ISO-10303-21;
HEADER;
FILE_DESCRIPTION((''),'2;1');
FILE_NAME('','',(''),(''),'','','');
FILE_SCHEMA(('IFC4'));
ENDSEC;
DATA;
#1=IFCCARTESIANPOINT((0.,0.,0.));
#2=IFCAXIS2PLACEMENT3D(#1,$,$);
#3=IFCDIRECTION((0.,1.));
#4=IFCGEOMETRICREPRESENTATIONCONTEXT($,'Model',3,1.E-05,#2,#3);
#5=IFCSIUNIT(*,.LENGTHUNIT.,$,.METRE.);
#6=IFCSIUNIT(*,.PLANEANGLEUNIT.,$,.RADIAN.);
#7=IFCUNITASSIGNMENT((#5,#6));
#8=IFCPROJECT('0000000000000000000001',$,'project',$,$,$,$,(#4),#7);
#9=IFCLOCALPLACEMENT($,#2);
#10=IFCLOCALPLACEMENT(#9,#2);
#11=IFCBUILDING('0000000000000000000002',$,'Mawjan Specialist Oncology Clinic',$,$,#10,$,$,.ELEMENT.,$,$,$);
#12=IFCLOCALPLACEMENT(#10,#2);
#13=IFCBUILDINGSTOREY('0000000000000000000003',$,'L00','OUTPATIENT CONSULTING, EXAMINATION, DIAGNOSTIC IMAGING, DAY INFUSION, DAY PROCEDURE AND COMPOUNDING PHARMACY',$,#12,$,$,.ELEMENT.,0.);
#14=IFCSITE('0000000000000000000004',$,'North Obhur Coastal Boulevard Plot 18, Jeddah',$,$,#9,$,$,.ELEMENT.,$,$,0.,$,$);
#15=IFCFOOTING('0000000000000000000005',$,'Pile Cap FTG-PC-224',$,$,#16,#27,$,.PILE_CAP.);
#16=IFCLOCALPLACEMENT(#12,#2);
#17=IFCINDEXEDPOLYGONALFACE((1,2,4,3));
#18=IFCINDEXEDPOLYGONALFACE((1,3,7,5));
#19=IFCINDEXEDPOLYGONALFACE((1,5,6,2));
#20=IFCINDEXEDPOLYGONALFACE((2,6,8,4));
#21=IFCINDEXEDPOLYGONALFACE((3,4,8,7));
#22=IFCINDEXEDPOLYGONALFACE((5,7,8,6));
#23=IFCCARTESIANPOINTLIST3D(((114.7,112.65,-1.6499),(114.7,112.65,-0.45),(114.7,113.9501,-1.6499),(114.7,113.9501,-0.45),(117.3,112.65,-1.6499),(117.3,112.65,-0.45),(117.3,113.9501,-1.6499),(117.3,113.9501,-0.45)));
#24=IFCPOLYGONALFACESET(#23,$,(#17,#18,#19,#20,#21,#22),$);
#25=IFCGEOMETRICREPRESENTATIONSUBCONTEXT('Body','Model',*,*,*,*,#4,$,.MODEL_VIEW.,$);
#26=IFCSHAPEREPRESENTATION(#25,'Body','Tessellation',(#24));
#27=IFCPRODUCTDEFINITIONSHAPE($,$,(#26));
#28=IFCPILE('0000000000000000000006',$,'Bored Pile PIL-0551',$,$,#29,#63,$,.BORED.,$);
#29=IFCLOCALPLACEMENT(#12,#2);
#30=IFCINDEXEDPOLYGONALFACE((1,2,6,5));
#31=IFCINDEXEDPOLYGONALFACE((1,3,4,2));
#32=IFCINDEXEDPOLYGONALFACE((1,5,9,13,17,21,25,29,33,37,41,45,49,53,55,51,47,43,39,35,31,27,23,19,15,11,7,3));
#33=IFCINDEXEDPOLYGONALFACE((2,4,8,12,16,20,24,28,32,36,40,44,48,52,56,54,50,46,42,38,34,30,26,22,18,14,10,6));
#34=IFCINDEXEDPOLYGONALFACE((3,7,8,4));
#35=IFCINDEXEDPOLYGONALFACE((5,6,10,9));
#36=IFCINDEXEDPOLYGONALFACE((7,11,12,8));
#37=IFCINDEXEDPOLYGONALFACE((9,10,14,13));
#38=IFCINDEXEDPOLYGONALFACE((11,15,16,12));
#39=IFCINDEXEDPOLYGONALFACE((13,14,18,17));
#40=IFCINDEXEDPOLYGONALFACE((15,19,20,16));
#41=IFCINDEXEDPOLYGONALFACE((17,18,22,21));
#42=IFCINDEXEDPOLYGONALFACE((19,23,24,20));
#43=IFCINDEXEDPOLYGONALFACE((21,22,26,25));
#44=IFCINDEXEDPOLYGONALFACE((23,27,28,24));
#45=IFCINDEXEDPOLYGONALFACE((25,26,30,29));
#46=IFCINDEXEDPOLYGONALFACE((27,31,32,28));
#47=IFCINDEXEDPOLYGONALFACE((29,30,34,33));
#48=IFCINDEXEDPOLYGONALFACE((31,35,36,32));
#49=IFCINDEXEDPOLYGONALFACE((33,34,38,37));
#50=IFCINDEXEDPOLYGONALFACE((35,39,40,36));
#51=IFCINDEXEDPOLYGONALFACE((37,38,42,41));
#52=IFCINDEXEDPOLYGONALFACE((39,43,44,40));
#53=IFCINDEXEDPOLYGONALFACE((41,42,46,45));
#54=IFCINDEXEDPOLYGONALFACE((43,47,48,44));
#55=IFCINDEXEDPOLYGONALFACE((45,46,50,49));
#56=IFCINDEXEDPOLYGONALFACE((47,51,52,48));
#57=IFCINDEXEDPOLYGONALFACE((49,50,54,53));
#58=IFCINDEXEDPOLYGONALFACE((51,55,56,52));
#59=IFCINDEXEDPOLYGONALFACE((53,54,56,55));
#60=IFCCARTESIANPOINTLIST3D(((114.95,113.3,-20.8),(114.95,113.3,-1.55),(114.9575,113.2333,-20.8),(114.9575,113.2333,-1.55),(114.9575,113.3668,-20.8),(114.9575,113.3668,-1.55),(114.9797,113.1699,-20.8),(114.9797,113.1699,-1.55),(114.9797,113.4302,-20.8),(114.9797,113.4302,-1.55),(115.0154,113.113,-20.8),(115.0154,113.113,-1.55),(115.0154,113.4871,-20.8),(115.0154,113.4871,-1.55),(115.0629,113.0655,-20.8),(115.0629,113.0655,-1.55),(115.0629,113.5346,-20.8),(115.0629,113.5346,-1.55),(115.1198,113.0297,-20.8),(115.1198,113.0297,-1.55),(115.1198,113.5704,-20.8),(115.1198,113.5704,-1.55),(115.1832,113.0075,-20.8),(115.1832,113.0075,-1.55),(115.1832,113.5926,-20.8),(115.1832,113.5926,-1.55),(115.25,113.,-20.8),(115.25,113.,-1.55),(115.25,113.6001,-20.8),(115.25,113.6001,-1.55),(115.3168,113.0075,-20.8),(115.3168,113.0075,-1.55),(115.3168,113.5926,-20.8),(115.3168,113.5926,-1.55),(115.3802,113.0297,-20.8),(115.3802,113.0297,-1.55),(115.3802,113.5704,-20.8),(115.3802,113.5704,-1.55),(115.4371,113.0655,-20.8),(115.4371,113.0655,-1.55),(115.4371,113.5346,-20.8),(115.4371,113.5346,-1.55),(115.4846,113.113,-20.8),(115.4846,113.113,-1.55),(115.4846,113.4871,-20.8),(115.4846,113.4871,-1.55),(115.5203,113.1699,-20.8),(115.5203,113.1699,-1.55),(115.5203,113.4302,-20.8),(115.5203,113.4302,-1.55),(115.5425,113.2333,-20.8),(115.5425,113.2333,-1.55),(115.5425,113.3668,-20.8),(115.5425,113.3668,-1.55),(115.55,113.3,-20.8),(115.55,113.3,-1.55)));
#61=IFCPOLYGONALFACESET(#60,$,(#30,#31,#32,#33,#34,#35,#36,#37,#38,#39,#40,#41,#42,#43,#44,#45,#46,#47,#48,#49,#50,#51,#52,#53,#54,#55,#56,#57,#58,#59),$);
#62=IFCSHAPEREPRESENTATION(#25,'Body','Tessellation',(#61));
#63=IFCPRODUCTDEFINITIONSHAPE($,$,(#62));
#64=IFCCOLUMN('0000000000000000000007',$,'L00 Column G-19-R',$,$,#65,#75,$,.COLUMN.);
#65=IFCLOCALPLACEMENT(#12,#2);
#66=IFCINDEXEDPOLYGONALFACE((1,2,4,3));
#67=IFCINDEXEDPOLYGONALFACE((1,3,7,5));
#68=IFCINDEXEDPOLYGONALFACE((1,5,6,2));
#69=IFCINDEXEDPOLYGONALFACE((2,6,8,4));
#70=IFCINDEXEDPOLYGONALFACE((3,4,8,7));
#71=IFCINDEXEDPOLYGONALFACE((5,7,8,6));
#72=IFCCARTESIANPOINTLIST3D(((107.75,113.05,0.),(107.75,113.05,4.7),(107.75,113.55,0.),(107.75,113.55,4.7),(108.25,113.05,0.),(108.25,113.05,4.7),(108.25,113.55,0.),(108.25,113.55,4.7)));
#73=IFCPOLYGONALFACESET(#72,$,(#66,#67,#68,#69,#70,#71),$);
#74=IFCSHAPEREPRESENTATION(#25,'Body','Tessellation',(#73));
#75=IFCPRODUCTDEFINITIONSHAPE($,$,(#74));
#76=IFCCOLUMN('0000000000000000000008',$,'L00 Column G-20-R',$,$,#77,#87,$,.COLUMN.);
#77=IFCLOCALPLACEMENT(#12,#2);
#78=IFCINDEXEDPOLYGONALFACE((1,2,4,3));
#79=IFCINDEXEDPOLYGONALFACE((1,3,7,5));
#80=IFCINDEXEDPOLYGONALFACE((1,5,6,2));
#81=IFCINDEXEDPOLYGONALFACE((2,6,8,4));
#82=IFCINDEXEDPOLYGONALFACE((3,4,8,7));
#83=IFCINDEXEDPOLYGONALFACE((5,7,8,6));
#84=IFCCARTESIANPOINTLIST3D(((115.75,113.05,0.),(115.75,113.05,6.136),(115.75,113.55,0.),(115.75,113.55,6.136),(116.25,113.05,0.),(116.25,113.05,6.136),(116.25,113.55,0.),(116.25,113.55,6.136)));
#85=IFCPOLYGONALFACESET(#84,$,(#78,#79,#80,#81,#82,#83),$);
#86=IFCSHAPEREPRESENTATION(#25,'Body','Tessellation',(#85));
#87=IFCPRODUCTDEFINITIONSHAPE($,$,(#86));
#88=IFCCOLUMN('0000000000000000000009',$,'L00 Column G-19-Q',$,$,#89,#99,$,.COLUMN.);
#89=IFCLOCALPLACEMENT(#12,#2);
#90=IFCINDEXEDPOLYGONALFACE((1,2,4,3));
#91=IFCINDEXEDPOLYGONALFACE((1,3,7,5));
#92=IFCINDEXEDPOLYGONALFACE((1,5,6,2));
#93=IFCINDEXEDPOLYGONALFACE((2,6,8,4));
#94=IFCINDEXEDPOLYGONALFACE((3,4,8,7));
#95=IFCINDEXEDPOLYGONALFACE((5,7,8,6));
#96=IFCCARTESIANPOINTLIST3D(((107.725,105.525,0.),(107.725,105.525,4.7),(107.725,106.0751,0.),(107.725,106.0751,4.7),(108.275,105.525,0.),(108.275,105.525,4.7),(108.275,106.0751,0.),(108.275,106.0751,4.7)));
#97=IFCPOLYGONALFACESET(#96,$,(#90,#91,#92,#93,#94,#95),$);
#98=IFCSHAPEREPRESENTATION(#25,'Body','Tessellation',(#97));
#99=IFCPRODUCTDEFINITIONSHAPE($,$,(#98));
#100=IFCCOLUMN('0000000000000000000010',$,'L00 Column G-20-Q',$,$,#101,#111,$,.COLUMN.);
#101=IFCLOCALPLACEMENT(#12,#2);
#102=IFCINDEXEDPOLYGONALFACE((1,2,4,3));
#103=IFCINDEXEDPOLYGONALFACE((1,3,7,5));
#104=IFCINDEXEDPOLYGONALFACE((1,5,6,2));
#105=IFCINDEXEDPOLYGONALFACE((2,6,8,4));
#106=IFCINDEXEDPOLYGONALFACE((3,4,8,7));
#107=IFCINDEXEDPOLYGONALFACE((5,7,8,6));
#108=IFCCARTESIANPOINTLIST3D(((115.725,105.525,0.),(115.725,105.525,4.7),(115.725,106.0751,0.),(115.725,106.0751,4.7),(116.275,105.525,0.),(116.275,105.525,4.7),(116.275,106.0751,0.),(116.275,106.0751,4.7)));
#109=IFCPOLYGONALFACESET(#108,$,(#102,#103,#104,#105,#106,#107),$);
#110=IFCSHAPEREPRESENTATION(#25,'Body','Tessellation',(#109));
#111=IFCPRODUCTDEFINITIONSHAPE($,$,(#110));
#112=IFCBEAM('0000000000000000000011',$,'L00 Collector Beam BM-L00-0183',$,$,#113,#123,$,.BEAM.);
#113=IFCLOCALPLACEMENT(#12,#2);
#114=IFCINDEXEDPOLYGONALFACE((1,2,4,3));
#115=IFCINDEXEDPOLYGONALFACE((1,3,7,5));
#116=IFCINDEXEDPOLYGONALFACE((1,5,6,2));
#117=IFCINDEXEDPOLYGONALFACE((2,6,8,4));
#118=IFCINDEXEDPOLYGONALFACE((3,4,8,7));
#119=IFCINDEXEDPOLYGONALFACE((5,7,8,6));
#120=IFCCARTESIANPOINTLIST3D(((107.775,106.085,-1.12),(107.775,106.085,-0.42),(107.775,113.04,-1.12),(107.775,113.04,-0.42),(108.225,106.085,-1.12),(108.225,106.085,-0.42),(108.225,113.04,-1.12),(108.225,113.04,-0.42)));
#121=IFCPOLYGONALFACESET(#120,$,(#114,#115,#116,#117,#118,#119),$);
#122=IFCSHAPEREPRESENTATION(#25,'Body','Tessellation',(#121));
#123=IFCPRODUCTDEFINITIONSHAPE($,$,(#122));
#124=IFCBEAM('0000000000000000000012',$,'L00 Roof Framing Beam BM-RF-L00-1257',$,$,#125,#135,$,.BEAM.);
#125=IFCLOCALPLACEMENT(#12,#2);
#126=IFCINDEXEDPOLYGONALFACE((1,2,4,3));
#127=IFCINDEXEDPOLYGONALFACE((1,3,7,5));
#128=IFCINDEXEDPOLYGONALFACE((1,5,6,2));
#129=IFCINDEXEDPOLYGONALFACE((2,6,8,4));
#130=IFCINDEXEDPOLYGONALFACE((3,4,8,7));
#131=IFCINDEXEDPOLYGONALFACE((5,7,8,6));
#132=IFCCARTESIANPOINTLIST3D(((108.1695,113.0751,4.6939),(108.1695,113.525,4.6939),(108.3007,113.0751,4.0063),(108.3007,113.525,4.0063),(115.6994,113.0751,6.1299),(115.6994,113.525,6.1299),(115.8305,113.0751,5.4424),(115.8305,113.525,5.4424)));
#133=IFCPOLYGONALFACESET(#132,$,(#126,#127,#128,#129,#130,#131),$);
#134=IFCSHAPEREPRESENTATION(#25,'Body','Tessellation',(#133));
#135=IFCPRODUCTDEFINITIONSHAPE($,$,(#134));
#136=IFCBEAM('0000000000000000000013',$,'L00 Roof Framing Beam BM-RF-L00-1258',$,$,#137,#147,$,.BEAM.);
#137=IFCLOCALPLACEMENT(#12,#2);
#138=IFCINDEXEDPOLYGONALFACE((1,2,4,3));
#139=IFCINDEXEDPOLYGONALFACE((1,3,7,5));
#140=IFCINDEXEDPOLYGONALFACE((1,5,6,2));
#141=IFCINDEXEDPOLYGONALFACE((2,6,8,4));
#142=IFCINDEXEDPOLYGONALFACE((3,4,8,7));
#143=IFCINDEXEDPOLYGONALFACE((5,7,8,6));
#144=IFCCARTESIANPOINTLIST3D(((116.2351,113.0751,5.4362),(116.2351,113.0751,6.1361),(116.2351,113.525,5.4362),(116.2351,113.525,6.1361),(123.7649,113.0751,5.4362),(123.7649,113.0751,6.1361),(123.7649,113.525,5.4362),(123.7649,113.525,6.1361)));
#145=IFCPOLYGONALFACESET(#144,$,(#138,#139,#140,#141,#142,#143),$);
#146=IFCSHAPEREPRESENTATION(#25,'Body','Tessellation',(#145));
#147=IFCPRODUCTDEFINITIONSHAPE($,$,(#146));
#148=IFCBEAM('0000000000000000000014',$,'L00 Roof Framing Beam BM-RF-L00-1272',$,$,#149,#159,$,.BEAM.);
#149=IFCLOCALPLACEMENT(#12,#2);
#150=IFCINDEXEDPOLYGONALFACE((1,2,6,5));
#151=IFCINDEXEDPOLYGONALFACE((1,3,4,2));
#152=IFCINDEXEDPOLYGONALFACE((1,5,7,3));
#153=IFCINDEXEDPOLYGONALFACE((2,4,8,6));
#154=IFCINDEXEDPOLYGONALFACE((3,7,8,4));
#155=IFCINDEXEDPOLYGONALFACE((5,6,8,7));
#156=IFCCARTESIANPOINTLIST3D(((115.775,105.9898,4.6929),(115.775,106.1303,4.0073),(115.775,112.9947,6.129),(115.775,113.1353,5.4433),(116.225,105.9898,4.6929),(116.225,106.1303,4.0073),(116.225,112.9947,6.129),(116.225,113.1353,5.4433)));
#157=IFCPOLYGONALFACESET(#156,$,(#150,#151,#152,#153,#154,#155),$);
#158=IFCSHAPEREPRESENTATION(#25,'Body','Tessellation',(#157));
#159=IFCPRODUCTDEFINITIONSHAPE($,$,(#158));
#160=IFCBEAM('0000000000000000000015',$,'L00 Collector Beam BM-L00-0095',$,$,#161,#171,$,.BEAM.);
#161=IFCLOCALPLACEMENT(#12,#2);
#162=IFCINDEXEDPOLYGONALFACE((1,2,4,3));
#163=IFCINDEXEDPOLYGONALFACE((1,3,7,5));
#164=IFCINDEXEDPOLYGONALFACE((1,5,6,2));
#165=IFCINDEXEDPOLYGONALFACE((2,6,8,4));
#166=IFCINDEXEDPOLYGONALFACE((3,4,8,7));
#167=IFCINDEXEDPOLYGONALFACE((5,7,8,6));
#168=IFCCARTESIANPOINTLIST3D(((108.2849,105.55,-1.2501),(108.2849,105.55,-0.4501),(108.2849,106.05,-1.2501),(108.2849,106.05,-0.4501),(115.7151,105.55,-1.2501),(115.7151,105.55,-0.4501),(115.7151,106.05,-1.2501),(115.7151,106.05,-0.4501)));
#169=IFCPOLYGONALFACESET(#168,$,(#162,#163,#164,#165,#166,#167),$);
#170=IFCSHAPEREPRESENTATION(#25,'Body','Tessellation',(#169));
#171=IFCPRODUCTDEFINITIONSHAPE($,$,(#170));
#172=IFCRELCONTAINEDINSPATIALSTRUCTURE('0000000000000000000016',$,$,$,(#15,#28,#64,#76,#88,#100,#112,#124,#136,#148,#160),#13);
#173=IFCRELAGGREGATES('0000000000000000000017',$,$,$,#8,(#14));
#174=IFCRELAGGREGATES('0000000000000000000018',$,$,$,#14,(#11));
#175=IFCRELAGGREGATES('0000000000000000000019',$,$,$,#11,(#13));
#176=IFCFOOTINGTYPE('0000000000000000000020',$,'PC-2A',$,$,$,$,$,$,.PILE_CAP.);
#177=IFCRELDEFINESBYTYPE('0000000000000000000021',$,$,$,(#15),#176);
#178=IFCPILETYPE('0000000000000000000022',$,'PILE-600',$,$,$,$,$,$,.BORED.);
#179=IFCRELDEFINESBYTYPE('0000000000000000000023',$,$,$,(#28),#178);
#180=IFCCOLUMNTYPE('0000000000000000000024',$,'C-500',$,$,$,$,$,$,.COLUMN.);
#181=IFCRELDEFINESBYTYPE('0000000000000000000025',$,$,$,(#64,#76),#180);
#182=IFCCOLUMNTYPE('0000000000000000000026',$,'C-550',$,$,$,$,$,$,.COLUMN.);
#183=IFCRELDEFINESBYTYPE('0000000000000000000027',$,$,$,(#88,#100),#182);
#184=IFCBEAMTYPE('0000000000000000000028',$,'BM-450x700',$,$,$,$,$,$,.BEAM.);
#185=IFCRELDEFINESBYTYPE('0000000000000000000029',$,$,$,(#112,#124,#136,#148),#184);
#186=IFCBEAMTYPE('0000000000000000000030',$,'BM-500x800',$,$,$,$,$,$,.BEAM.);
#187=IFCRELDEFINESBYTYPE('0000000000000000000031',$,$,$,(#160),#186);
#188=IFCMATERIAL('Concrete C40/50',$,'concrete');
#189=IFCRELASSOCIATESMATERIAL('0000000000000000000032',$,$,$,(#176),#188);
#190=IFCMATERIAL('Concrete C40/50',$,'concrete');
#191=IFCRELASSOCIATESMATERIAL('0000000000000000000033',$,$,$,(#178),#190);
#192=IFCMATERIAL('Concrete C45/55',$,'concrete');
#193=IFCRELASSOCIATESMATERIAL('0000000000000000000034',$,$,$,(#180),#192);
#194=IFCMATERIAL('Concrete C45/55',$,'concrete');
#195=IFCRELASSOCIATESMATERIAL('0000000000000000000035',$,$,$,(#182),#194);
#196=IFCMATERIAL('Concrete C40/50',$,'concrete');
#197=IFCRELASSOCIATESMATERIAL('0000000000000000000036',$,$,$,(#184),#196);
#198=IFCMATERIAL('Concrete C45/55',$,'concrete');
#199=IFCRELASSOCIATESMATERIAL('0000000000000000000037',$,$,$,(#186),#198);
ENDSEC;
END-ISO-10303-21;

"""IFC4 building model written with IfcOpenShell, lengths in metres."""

from ifc_helpers import new_model, si_unit, direction, frame, origin, origin_2d, place, context, subcontext, project, spatial, rectangle, circle, extrude, material, material_profile, profile_set, type_object, element, save


model = new_model("IFC4")

# Units and contexts
model_context = context("Model", 3, precision=1e-05, world=origin(), true_north=direction((0.0, 1.0)))
body_context = subcontext(model_context, "Body", "Model", "MODEL_VIEW")
ifc_project = project(units=[si_unit("LENGTHUNIT", "METRE"), si_unit("PLANEANGLEUNIT", "RADIAN")], contexts=[model_context])

# Site, building, storey
site_placement = place(None, origin())
site = spatial("IfcSite", under=ifc_project, at=site_placement, Name="North Obhur Coastal Boulevard Plot 18, Jeddah", CompositionType="ELEMENT", RefElevation=0.0)
building_placement = place(site_placement, origin())
building = spatial("IfcBuilding", under=site, at=building_placement, Name="Mawjan Specialist Oncology Clinic", CompositionType="ELEMENT")
storey_placement = place(building_placement, origin())
storey = spatial("IfcBuildingStorey", under=building, at=storey_placement, Name="L00", Description="OUTPATIENT CONSULTING, EXAMINATION, DIAGNOSTIC IMAGING, DAY INFUSION, DAY PROCEDURE AND COMPOUNDING PHARMACY", CompositionType="ELEMENT", Elevation=0.0)

# Footing
ifc_material_1 = material(Name="Concrete C40/50", Category="concrete")
footing_type = type_object("IfcFootingType", Name="PC-2A", PredefinedType="PILE_CAP", material=ifc_material_1)
footing_placement = place(storey_placement, frame((116.0, 113.3, -1.6499), z_axis=(0.0, 0.0, 1.0), x_axis=(1.0, 0.0, 0.0)))
element("IfcFooting", 1, at=footing_placement, inside=storey, type_object=footing_type, Name="Pile Cap FTG-PC-224", PredefinedType="PILE_CAP", context=body_context, shape_type="SweptSolid", body=[
    extrude(rectangle(XDim=2.6001, YDim=1.3, at=origin_2d()), origin(), (0.0, 0.0, 1.0), 1.2),
])

# Pile
ifc_material_2 = material(Name="Concrete C40/50", Category="concrete")
ifc_material_profile_1 = material_profile(ifc_material_2, circle(Radius=0.3, at=origin_2d()), Name="BORED PILE D600", Category="concrete")
ifc_profile_set_1 = profile_set([ifc_material_profile_1], Name="Concrete C40/50")
pile_type = type_object("IfcPileType", Name="PILE-600", PredefinedType="BORED", material=ifc_profile_set_1)
pile_placement = place(storey_placement, frame((115.25, 113.3, -1.55), z_axis=(0.0, 0.0, -1.0), x_axis=(1.0, 0.0, 0.0)))
element("IfcPile", 2, at=pile_placement, inside=storey, type_object=pile_type, Name="Bored Pile PIL-0551", PredefinedType="BORED", context=body_context, shape_type="SweptSolid", body=[
    extrude(circle(Radius=0.3, at=origin_2d()), origin(), (0.0, 0.0, 1.0), 19.25),
])

# Columns
ifc_material_3 = material(Name="Concrete C45/55", Category="concrete")
ifc_material_profile_2 = material_profile(ifc_material_3, rectangle(XDim=0.5, YDim=0.5, at=origin_2d()), Name="RC COL 500x500", Category="concrete")
ifc_profile_set_2 = profile_set([ifc_material_profile_2], Name="Concrete C45/55")
column_type_1 = type_object("IfcColumnType", Name="C-500", PredefinedType="COLUMN", material=ifc_profile_set_2)
column_1_placement = place(storey_placement, frame((108.0, 113.3, 0.0), z_axis=(0.0, 0.0, 1.0), x_axis=(1.0, 0.0, 0.0)))
element("IfcColumn", 3, at=column_1_placement, inside=storey, type_object=column_type_1, Name="L00 Column G-19-R", PredefinedType="COLUMN", context=body_context, shape_type="SweptSolid", body=[
    extrude(rectangle(XDim=0.5, YDim=0.5, at=origin_2d()), origin(), (0.0, 0.0, 1.0), 4.7),
])
column_2_placement = place(storey_placement, frame((116.0, 113.3, 0.0), z_axis=(0.0, 0.0, 1.0), x_axis=(1.0, 0.0, 0.0)))
element("IfcColumn", 4, at=column_2_placement, inside=storey, type_object=column_type_1, Name="L00 Column G-20-R", PredefinedType="COLUMN", context=body_context, shape_type="SweptSolid", body=[
    extrude(rectangle(XDim=0.5, YDim=0.5, at=origin_2d()), origin(), (0.0, 0.0, 1.0), 6.136),
])
ifc_material_4 = material(Name="Concrete C45/55", Category="concrete")
ifc_material_profile_3 = material_profile(ifc_material_4, rectangle(XDim=0.55, YDim=0.55, at=origin_2d()), Name="RC COL 550x550", Category="concrete")
ifc_profile_set_3 = profile_set([ifc_material_profile_3], Name="Concrete C45/55")
column_type_2 = type_object("IfcColumnType", Name="C-550", PredefinedType="COLUMN", material=ifc_profile_set_3)
for number, where, z_axis, x_axis, name in (
    (5, (108.0, 105.8, 0.0), (0.0, 0.0, 1.0), (1.0, 0.0, 0.0), "L00 Column G-19-Q"),
    (6, (116.0, 105.8, 0.0), (0.0, 0.0, 1.0), (1.0, 0.0, 0.0), "L00 Column G-20-Q"),
):
    element("IfcColumn", number, at=place(storey_placement, frame(where, z_axis=z_axis, x_axis=x_axis)), inside=storey, type_object=column_type_2, Name=name, PredefinedType="COLUMN", context=body_context, shape_type="SweptSolid", body=[
        extrude(rectangle(XDim=0.55, YDim=0.55, at=origin_2d()), origin(), (0.0, 0.0, 1.0), 4.7),
    ])

# Beams
ifc_material_5 = material(Name="Concrete C40/50", Category="concrete")
ifc_material_profile_4 = material_profile(ifc_material_5, rectangle(XDim=0.45, YDim=0.7, at=origin_2d()), Name="RC BM 450x700", Category="concrete")
ifc_profile_set_4 = profile_set([ifc_material_profile_4], Name="Concrete C40/50")
beam_type_1 = type_object("IfcBeamType", Name="BM-450x700", PredefinedType="BEAM", material=ifc_profile_set_4)
beam_1_placement = place(storey_placement, frame((108.0, 106.085, -0.77), z_axis=(0.0, 1.0, 0.0), x_axis=(-1.0, 0.0, 0.0)))
element("IfcBeam", 7, at=beam_1_placement, inside=storey, type_object=beam_type_1, Name="L00 Collector Beam BM-L00-0183", PredefinedType="BEAM", context=body_context, shape_type="SweptSolid", body=[
    extrude(rectangle(XDim=0.45, YDim=0.7, at=origin_2d()), origin(), (0.0, 0.0, 1.0), 6.9551),
])
beam_2_placement = place(storey_placement, frame((108.2351, 113.3, 4.3501), z_axis=(0.982296, 0.0, 0.187337), x_axis=(0.0, 1.0, 0.0)))
element("IfcBeam", 8, at=beam_2_placement, inside=storey, type_object=beam_type_1, Name="L00 Roof Framing Beam BM-RF-L00-1257", PredefinedType="BEAM", context=body_context, shape_type="SweptSolid", body=[
    extrude(rectangle(XDim=0.45, YDim=0.7, at=origin_2d()), origin(), (0.0, 0.0, 1.0), 7.6655),
])
beam_3_placement = place(storey_placement, frame((116.2351, 113.3, 5.7861), z_axis=(1.0, 0.0, 0.0), x_axis=(0.0, 1.0, 0.0)))
element("IfcBeam", 9, at=beam_3_placement, inside=storey, type_object=beam_type_1, Name="L00 Roof Framing Beam BM-RF-L00-1258", PredefinedType="BEAM", context=body_context, shape_type="SweptSolid", body=[
    extrude(rectangle(XDim=0.45, YDim=0.7, at=origin_2d()), origin(), (0.0, 0.0, 1.0), 7.5298),
])
beam_4_placement = place(storey_placement, frame((116.0, 106.0601, 4.3501), z_axis=(0.0, 0.979626, 0.200828), x_axis=(-1.0, 0.0, 0.0)))
element("IfcBeam", 10, at=beam_4_placement, inside=storey, type_object=beam_type_1, Name="L00 Roof Framing Beam BM-RF-L00-1272", PredefinedType="BEAM", context=body_context, shape_type="SweptSolid", body=[
    extrude(rectangle(XDim=0.45, YDim=0.7, at=origin_2d()), origin(), (0.0, 0.0, 1.0), 7.1506),
])
ifc_material_6 = material(Name="Concrete C45/55", Category="concrete")
ifc_material_profile_5 = material_profile(ifc_material_6, rectangle(XDim=0.5, YDim=0.8, at=origin_2d()), Name="RC BM 500x800", Category="concrete")
ifc_profile_set_5 = profile_set([ifc_material_profile_5], Name="Concrete C45/55")
beam_type_2 = type_object("IfcBeamType", Name="BM-500x800", PredefinedType="BEAM", material=ifc_profile_set_5)
beam_5_placement = place(storey_placement, frame((108.2849, 105.8, -0.8501), z_axis=(1.0, 0.0, 0.0), x_axis=(0.0, 1.0, 0.0)))
element("IfcBeam", 11, at=beam_5_placement, inside=storey, type_object=beam_type_2, Name="L00 Collector Beam BM-L00-0095", PredefinedType="BEAM", context=body_context, shape_type="SweptSolid", body=[
    extrude(rectangle(XDim=0.5, YDim=0.8, at=origin_2d()), origin(), (0.0, 0.0, 1.0), 7.4302),
])

save(model, "model.ifc")
